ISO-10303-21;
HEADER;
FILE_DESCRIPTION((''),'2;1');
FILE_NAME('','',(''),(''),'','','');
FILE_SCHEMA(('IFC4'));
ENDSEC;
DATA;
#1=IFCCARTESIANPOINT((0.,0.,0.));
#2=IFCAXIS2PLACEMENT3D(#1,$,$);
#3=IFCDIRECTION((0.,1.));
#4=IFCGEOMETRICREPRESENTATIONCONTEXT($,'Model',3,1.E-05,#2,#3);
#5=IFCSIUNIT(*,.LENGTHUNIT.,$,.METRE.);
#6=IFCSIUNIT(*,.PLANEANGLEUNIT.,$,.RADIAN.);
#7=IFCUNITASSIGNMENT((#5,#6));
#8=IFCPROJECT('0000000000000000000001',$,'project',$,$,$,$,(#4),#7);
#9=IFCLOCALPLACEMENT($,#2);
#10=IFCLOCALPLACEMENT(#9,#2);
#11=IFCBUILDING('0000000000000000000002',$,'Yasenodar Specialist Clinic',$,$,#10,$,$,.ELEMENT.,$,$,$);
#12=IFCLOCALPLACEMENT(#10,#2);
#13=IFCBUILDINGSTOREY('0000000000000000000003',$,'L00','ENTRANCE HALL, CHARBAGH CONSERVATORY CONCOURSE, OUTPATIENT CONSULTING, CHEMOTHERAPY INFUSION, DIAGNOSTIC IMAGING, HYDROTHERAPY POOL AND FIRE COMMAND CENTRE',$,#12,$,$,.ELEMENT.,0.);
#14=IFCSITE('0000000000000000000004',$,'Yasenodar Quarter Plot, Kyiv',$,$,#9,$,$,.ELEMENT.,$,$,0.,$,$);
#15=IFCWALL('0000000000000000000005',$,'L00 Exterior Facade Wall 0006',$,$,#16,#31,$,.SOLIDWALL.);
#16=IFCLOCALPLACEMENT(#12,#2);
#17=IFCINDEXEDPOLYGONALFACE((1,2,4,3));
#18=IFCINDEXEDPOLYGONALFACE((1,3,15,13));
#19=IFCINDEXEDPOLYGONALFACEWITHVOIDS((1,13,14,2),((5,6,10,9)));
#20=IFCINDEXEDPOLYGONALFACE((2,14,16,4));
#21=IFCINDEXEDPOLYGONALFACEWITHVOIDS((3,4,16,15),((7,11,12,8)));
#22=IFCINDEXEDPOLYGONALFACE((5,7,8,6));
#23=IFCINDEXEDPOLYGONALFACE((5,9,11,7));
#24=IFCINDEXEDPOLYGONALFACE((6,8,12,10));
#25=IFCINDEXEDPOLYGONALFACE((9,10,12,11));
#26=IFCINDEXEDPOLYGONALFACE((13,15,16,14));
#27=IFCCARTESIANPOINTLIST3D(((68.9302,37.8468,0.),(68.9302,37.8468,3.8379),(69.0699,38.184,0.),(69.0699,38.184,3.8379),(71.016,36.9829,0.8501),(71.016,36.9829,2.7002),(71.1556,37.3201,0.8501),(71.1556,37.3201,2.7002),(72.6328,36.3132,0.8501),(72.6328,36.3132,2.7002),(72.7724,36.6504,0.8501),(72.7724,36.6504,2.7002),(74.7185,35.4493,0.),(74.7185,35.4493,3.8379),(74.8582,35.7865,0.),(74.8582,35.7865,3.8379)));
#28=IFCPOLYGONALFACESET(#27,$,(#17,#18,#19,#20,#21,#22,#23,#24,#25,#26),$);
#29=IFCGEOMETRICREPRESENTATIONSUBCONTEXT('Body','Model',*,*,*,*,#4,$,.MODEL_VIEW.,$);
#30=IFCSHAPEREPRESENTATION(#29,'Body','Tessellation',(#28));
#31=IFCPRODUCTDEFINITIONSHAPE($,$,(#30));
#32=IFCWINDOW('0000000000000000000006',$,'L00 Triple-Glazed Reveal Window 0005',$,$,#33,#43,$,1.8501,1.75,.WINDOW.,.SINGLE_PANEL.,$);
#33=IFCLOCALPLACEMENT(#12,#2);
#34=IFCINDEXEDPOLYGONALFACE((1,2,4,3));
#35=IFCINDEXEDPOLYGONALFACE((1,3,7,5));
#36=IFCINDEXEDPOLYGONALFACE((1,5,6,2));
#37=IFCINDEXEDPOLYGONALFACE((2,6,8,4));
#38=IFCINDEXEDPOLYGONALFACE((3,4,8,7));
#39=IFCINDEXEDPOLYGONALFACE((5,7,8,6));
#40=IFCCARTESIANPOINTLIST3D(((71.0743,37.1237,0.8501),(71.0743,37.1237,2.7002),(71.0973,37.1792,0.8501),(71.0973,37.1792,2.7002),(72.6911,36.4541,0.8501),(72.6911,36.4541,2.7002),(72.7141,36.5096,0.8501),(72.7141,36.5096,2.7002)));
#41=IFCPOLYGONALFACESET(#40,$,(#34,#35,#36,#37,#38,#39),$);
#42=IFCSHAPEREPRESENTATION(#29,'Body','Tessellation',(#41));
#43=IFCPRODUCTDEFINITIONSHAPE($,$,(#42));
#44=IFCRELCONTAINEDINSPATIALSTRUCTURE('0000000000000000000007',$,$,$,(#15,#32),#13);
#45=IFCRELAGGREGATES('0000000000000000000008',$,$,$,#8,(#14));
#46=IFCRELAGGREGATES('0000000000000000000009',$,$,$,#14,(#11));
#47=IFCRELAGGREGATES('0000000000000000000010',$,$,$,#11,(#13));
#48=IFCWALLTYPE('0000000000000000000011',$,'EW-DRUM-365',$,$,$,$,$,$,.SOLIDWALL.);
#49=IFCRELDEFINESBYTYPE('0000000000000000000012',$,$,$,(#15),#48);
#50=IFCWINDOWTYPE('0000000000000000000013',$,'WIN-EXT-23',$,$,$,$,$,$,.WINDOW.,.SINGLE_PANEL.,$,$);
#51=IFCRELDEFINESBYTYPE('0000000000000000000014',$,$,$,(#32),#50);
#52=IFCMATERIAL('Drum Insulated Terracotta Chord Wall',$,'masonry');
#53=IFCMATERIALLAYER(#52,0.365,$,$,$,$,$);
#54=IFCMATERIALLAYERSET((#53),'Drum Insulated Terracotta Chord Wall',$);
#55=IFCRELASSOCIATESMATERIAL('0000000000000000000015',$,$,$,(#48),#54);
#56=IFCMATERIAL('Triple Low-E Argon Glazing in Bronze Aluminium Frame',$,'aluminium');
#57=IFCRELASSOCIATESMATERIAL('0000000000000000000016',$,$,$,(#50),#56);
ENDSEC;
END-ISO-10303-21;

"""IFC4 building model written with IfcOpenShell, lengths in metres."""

from ifc_helpers import new_model, si_unit, direction, frame, frame_2d, origin, place, context, subcontext, project, spatial, rectangle, extrude, material, layer, layer_set, type_object, element, fill, save


model = new_model("IFC4")

# Units and contexts
model_context = context("Model", 3, precision=1e-05, world=origin(), true_north=direction((0.0, 1.0)))
body_context = subcontext(model_context, "Body", "Model", "MODEL_VIEW")
ifc_project = project(units=[si_unit("LENGTHUNIT", "METRE"), si_unit("PLANEANGLEUNIT", "RADIAN")], contexts=[model_context])

# Site, building, storey
site_placement = place(None, origin())
site = spatial("IfcSite", under=ifc_project, at=site_placement, Name="Yasenodar Quarter Plot, Kyiv", CompositionType="ELEMENT", RefElevation=0.0)
building_placement = place(site_placement, origin())
building = spatial("IfcBuilding", under=site, at=building_placement, Name="Yasenodar Specialist Clinic", CompositionType="ELEMENT")
storey_placement = place(building_placement, origin())
storey = spatial("IfcBuildingStorey", under=building, at=storey_placement, Name="L00", Description="ENTRANCE HALL, CHARBAGH CONSERVATORY CONCOURSE, OUTPATIENT CONSULTING, CHEMOTHERAPY INFUSION, DIAGNOSTIC IMAGING, HYDROTHERAPY POOL AND FIRE COMMAND CENTRE", CompositionType="ELEMENT", Elevation=0.0)

# Wall, opening, window
ifc_material_1 = material(Name="Drum Insulated Terracotta Chord Wall", Category="masonry")
ifc_layer_1 = layer(ifc_material_1, 0.365)
ifc_layer_set_1 = layer_set([ifc_layer_1], Name="Drum Insulated Terracotta Chord Wall")
wall_type = type_object("IfcWallType", Name="EW-DRUM-365", PredefinedType="SOLIDWALL", material=ifc_layer_set_1)
wall_placement = place(storey_placement, frame((74.7883, 35.6179, 0.0), z_axis=(0.0, 0.0, 1.0), x_axis=(-0.923888, 0.382664, 0.0)))
wall = element("IfcWall", 1, at=wall_placement, inside=storey, type_object=wall_type, Name="L00 Exterior Facade Wall 0006", PredefinedType="SOLIDWALL", context=body_context, shape_type="SweptSolid", body=[
    extrude(rectangle(XDim=6.2651, YDim=0.365, at=frame_2d((3.1326, 0.0))), origin(), (0.0, 0.0, 1.0), 3.8379),
])
opening_placement = place(wall_placement, frame((2.2576, 0.0, 0.8501)))
opening = element("IfcOpeningElement", 2, at=opening_placement, cuts=wall, PredefinedType="OPENING", context=body_context, shape_type="SweptSolid", body=[
    extrude(rectangle(XDim=1.75, YDim=1.8501, at=frame_2d((0.875, 0.925))), frame((0.0, 0.1924, 0.0), z_axis=(0.0, -1.0, 0.0), x_axis=(1.0, 0.0, 0.0)), (0.0, 0.0, 1.0), 0.385),
])
ifc_material_2 = material(Name="Triple Low-E Argon Glazing in Bronze Aluminium Frame", Category="aluminium")
window_type = type_object("IfcWindowType", Name="WIN-EXT-23", PartitioningType="SINGLE_PANEL", PredefinedType="WINDOW", material=ifc_material_2)
window_placement = place(opening_placement, origin())
window = element("IfcWindow", 3, at=window_placement, inside=storey, type_object=window_type, Name="L00 Triple-Glazed Reveal Window 0005", OverallHeight=1.8501, OverallWidth=1.75, PartitioningType="SINGLE_PANEL", PredefinedType="WINDOW", context=body_context, shape_type="SweptSolid", body=[
    extrude(rectangle(XDim=1.75, YDim=1.8501, at=frame_2d((0.875, 0.925))), frame((0.0, 0.03, 0.0), z_axis=(0.0, -1.0, 0.0), x_axis=(1.0, 0.0, 0.0)), (0.0, 0.0, 1.0), 0.0601),
])
fill(opening, window)

save(model, "model.ifc")
